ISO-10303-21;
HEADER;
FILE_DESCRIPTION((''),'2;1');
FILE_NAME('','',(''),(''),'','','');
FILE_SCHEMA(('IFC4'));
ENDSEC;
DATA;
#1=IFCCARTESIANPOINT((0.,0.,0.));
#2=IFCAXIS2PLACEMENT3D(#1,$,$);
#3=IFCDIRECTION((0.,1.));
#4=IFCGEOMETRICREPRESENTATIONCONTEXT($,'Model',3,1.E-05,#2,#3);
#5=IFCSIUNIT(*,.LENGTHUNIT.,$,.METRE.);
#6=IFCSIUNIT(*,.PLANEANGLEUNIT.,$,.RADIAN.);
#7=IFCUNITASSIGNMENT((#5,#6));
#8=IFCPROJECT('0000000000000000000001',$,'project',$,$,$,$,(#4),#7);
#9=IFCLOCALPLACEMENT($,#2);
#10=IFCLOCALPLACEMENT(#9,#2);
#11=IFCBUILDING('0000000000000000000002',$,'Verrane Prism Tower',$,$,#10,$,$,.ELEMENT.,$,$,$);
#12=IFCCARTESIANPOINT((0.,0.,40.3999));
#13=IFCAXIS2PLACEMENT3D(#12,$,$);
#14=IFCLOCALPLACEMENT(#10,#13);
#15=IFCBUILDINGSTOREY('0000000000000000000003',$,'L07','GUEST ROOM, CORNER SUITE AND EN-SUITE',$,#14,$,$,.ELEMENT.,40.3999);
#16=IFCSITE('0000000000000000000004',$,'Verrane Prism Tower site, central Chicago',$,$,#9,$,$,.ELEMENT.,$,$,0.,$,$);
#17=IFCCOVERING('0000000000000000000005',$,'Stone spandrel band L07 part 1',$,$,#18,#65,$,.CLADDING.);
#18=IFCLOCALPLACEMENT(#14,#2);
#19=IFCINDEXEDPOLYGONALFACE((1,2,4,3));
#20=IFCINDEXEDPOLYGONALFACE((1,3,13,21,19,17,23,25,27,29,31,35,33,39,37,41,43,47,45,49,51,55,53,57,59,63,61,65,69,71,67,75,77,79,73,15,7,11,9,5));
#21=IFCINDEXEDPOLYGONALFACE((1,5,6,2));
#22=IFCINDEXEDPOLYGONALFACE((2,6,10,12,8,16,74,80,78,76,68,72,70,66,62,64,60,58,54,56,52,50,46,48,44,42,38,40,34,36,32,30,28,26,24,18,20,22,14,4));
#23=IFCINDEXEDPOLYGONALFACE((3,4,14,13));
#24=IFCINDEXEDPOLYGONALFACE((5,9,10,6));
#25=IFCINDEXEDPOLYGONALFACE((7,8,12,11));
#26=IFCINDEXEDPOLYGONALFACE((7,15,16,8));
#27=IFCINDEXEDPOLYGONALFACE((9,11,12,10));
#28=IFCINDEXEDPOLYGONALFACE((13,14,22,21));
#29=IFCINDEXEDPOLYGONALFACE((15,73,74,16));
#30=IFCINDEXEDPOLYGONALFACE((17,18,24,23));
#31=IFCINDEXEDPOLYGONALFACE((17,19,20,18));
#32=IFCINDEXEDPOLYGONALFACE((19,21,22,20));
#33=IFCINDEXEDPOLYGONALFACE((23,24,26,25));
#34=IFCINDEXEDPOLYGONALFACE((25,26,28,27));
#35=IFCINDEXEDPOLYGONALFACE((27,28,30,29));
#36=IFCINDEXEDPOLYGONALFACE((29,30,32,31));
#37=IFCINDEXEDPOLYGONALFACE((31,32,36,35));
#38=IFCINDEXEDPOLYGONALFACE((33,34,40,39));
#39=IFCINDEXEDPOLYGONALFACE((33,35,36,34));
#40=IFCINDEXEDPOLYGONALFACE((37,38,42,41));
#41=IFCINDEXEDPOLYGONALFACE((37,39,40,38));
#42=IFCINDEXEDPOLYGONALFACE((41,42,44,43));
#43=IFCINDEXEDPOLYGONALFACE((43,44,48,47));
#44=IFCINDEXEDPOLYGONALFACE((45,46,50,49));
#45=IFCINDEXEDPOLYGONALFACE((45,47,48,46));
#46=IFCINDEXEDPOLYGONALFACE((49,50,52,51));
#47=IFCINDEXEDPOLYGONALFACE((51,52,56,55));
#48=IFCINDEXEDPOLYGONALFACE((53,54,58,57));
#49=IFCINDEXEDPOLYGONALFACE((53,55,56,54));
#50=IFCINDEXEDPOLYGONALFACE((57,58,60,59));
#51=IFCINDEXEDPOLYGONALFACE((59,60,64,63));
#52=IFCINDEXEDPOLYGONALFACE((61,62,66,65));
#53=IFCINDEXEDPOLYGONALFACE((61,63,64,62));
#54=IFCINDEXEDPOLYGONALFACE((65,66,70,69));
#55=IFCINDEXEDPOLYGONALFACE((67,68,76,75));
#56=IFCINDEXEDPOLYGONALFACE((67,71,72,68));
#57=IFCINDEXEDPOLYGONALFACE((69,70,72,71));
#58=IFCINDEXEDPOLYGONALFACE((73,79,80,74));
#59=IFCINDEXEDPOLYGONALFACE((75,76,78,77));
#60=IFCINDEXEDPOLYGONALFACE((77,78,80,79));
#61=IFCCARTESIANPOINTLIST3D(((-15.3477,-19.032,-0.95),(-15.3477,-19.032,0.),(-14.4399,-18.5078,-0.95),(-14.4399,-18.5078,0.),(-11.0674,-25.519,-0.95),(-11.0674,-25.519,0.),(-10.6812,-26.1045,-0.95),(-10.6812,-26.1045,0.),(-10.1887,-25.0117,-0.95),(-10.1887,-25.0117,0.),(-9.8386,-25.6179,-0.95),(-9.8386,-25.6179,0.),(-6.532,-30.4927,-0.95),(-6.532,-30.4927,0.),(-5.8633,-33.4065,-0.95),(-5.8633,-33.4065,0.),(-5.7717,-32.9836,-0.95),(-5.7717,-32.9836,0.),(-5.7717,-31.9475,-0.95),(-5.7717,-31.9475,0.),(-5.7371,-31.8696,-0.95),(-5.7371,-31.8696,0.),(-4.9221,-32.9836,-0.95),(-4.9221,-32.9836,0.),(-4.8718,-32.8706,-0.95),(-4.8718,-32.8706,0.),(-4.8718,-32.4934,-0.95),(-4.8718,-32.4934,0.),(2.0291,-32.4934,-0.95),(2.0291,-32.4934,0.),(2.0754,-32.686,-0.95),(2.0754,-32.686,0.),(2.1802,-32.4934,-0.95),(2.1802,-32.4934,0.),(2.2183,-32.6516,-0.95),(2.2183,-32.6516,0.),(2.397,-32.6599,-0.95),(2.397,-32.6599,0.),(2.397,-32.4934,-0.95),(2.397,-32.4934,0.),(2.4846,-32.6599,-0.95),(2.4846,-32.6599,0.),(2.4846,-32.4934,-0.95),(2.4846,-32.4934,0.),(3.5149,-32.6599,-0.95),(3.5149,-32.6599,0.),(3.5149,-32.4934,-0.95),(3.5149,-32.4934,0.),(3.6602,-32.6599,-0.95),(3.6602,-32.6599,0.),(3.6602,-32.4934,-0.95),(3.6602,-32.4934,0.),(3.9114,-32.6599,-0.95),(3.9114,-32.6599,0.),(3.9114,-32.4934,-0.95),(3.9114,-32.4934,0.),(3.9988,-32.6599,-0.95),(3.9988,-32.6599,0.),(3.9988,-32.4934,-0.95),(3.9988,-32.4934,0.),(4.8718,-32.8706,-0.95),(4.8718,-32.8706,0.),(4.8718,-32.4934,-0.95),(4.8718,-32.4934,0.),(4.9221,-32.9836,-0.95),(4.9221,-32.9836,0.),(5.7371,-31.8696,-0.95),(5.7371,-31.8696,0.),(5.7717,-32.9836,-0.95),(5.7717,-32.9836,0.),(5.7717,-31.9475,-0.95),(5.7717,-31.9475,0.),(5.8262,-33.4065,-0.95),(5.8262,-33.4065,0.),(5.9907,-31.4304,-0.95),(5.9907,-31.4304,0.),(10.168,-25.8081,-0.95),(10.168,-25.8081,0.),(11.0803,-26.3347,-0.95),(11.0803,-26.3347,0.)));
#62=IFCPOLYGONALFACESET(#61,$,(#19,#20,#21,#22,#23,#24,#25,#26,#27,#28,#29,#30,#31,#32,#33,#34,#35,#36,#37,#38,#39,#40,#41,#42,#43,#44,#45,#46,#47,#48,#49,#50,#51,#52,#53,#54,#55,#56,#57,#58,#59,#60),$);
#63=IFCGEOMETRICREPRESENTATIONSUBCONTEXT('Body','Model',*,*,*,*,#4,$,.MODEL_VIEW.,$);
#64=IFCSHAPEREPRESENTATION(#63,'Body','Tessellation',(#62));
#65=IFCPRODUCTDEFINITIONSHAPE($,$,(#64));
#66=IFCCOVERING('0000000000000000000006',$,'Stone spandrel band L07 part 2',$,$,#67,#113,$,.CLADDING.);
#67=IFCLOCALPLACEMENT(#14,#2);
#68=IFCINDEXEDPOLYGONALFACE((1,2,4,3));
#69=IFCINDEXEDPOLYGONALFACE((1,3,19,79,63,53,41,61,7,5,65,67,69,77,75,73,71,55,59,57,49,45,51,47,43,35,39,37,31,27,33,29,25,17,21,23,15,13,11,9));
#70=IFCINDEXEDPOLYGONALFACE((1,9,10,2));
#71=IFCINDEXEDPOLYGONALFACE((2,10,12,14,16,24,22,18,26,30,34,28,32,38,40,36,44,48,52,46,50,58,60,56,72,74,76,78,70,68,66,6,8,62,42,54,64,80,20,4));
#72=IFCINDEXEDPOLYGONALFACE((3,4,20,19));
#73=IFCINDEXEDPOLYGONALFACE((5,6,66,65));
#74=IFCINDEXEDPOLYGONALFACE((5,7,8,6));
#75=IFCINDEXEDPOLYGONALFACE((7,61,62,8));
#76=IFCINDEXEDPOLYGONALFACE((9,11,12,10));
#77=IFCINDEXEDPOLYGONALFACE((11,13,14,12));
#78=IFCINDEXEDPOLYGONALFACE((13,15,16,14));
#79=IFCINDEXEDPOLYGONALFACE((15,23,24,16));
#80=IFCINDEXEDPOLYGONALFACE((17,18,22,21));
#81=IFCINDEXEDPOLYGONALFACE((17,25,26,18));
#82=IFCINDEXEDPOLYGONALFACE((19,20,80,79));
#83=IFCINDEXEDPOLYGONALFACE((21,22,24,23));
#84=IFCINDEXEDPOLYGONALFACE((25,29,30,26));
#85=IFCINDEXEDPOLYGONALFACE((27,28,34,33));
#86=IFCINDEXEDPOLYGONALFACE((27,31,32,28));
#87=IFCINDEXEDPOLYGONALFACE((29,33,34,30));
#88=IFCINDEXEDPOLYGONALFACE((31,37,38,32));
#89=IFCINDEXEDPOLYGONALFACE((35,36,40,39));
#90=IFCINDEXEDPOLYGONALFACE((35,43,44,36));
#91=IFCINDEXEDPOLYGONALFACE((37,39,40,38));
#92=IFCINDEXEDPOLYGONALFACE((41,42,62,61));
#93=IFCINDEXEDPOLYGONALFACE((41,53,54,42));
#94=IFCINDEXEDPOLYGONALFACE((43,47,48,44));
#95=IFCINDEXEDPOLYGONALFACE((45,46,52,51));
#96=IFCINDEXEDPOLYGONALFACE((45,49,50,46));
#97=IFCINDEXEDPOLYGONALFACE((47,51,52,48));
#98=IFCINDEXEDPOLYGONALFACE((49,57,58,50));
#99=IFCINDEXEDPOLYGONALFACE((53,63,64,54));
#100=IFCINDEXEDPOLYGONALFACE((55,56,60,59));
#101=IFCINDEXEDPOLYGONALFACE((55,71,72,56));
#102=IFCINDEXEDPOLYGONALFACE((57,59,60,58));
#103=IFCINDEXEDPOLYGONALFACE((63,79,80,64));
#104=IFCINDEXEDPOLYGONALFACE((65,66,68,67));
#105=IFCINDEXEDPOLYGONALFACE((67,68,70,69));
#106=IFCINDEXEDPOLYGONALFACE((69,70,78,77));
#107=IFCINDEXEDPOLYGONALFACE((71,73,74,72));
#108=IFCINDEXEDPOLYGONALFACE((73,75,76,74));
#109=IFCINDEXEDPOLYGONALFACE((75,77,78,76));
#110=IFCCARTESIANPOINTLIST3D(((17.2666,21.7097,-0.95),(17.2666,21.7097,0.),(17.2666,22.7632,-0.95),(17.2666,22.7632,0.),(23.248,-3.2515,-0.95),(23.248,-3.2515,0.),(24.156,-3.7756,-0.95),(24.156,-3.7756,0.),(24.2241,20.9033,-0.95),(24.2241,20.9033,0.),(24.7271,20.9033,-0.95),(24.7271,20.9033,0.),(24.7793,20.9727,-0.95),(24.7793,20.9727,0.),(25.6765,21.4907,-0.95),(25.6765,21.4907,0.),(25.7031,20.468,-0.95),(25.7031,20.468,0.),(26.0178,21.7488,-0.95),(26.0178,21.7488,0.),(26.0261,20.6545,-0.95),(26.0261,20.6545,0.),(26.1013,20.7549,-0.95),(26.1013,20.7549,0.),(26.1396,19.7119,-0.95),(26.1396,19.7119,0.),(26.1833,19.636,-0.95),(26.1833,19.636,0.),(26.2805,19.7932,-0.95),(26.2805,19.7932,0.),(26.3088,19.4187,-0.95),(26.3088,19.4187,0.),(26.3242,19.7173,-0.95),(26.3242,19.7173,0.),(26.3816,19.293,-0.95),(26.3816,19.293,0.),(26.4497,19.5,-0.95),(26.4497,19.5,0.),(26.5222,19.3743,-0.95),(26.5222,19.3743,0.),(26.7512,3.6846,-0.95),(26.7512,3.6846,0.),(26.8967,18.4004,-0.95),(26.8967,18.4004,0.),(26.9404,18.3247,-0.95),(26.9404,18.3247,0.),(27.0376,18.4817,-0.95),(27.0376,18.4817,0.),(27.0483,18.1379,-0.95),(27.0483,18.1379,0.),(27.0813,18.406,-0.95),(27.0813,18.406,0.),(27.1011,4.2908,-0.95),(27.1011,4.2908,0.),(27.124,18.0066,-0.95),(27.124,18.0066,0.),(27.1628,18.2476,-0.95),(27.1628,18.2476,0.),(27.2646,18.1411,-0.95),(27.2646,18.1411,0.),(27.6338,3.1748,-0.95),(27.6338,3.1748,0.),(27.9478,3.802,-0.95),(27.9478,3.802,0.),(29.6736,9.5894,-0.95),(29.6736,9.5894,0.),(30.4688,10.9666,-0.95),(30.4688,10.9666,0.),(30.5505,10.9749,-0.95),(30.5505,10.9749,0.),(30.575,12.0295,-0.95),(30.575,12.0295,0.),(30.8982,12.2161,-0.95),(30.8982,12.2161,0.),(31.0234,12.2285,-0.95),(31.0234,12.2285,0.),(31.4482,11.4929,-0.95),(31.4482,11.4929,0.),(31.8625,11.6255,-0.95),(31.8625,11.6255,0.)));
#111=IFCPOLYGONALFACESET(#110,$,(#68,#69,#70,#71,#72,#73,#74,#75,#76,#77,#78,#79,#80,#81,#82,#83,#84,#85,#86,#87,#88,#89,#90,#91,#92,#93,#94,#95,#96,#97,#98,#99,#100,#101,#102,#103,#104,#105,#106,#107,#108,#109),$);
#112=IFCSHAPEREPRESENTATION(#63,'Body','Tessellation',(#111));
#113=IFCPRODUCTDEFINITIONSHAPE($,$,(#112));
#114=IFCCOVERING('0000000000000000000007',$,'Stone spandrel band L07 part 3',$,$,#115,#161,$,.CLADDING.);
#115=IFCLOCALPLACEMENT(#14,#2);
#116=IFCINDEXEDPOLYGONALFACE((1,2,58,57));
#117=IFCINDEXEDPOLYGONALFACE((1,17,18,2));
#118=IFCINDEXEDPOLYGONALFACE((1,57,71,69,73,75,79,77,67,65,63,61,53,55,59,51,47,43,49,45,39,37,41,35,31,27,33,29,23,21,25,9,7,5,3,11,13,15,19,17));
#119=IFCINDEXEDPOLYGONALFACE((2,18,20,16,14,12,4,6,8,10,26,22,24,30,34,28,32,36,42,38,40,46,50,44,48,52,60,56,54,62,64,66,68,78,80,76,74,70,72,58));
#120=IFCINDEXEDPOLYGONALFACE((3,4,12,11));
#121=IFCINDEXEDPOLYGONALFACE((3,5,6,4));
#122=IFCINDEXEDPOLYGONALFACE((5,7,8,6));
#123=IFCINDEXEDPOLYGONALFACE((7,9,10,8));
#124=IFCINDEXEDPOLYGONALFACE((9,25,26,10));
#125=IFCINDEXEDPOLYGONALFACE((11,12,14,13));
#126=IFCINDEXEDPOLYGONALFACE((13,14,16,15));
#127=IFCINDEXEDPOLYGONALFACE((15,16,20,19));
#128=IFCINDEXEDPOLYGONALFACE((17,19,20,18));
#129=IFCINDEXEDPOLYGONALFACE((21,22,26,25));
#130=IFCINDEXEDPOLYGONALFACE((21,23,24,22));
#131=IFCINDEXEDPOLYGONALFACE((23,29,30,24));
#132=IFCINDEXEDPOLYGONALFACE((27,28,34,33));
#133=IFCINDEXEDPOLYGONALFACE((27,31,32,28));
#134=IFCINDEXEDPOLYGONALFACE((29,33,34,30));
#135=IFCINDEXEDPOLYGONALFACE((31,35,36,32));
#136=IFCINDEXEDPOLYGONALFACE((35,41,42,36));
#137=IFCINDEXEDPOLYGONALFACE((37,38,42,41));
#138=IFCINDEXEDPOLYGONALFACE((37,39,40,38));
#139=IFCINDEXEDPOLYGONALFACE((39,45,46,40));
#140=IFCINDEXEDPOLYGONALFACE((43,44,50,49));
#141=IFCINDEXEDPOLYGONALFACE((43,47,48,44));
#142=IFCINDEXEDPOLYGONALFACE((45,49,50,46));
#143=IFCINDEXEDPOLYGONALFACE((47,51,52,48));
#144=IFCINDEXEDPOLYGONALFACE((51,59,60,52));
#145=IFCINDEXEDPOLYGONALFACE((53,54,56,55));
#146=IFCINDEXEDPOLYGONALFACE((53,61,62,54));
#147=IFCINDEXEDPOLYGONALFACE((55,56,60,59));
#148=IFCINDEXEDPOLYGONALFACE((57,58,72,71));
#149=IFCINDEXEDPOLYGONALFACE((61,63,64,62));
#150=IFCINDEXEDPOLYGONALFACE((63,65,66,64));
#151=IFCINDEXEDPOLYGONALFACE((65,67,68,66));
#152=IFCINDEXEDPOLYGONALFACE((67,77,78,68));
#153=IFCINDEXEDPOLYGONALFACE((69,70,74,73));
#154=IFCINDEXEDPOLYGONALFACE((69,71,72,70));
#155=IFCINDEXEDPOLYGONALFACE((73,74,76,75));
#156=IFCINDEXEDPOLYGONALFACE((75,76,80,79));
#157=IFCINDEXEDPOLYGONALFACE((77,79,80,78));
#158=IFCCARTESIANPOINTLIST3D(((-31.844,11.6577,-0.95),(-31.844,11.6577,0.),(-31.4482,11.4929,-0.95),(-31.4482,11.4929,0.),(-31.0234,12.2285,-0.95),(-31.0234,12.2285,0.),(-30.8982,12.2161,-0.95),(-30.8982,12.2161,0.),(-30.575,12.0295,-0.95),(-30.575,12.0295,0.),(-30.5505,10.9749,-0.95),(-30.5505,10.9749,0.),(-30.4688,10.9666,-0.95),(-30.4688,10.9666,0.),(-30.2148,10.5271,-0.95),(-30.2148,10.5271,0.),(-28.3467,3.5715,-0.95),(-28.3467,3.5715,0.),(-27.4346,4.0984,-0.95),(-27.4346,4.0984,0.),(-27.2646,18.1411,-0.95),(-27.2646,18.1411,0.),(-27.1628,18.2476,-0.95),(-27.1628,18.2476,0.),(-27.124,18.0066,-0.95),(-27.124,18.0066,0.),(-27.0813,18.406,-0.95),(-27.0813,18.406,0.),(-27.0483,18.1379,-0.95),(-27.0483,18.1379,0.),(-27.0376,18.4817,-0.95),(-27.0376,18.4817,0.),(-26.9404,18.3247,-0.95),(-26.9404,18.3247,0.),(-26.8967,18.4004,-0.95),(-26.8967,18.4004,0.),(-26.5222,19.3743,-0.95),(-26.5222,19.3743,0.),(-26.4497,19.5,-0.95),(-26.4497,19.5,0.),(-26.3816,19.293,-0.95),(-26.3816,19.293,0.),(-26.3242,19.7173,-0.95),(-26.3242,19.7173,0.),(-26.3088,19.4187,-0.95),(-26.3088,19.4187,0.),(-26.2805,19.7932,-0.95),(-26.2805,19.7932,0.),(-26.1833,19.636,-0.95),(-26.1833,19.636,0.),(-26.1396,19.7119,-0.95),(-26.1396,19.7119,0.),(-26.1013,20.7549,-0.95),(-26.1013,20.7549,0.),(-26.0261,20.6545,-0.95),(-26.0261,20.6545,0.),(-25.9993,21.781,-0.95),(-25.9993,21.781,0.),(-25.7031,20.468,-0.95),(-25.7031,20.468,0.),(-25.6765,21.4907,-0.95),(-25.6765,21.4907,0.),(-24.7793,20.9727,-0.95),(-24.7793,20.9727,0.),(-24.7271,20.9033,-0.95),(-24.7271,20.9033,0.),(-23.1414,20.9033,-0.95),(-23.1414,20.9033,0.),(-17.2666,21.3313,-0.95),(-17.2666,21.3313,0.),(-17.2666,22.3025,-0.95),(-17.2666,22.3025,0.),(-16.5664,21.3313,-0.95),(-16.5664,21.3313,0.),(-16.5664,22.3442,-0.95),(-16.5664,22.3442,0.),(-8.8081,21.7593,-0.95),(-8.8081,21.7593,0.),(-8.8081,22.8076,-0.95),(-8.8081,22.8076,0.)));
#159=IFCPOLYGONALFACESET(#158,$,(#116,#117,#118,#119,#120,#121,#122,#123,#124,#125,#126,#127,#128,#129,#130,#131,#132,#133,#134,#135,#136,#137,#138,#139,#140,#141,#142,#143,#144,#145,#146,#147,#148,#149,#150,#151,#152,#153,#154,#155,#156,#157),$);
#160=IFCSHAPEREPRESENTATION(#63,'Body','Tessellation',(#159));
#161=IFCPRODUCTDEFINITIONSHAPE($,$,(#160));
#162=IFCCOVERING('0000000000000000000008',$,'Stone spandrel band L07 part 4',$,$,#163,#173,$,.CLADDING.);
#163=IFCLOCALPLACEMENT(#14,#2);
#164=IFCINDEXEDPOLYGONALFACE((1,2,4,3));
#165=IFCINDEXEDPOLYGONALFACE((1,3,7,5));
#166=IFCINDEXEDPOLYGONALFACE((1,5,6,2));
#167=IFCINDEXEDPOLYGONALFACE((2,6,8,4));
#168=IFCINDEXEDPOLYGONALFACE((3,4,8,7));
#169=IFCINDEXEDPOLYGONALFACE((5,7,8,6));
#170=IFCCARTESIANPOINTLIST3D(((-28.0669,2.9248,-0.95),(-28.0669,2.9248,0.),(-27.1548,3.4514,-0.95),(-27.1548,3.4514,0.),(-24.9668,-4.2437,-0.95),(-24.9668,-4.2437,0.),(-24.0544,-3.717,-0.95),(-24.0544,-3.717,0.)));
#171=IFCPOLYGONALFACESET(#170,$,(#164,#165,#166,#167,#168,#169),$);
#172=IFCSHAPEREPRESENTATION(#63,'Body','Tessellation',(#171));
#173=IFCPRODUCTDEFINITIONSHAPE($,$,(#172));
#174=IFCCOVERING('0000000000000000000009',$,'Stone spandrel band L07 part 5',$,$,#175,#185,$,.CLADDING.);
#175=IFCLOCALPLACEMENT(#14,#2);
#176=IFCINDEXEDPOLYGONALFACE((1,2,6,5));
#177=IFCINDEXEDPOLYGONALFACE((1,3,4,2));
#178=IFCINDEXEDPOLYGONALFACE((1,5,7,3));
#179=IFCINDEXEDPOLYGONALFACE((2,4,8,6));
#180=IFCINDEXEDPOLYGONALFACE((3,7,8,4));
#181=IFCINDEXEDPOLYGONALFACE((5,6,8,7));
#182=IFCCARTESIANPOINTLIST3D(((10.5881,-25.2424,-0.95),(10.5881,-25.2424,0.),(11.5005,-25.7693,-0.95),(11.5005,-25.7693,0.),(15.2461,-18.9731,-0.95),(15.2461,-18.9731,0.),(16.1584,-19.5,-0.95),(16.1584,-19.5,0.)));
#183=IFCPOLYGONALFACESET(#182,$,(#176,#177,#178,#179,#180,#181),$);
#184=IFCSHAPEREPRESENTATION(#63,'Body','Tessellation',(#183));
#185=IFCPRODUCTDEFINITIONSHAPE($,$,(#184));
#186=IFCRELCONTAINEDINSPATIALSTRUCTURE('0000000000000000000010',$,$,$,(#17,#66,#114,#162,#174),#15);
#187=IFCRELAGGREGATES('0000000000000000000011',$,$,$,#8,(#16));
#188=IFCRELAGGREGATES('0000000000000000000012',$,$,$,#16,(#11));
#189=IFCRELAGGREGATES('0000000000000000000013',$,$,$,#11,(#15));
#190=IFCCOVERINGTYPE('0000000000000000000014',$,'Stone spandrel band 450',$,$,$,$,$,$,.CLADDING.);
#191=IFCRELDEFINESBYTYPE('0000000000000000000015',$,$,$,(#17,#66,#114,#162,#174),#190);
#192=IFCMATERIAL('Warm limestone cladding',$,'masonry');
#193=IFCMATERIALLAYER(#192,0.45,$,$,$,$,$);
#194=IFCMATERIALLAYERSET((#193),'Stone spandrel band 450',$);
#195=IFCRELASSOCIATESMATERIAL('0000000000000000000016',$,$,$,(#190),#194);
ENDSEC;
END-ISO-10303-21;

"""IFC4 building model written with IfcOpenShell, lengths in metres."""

from ifc_helpers import new_model, si_unit, direction, frame, origin, place, context, subcontext, project, spatial, polyline, outline, extrude, material, layer, layer_set, type_object, element, save


model = new_model("IFC4")

# Units and contexts
model_context = context("Model", 3, precision=1e-05, world=origin(), true_north=direction((0.0, 1.0)))
body_context = subcontext(model_context, "Body", "Model", "MODEL_VIEW")
ifc_project = project(units=[si_unit("LENGTHUNIT", "METRE"), si_unit("PLANEANGLEUNIT", "RADIAN")], contexts=[model_context])

# Site, building, storey
site_placement = place(None, origin())
site = spatial("IfcSite", under=ifc_project, at=site_placement, Name="Verrane Prism Tower site, central Chicago", CompositionType="ELEMENT", RefElevation=0.0)
building_placement = place(site_placement, origin())
building = spatial("IfcBuilding", under=site, at=building_placement, Name="Verrane Prism Tower", CompositionType="ELEMENT")
storey_placement = place(building_placement, frame((0.0, 0.0, 40.3999)))
storey = spatial("IfcBuildingStorey", under=building, at=storey_placement, Name="L07", Description="GUEST ROOM, CORNER SUITE AND EN-SUITE", CompositionType="ELEMENT", Elevation=40.3999)

# Coverings
ifc_material_1 = material(Name="Warm limestone cladding", Category="masonry")
ifc_layer_1 = layer(ifc_material_1, 0.45)
ifc_layer_set_1 = layer_set([ifc_layer_1], Name="Stone spandrel band 450")
covering_type = type_object("IfcCoveringType", Name="Stone spandrel band 450", PredefinedType="CLADDING", material=ifc_layer_set_1)
covering_1_placement = place(storey_placement, frame((0.0, 0.0, -0.95)))
element("IfcCovering", 1, at=covering_1_placement, inside=storey, type_object=covering_type, Name="Stone spandrel band L07 part 1", PredefinedType="CLADDING", context=body_context, shape_type="SweptSolid", body=[
    extrude(outline(polyline([(5.8262, -33.4065), (11.0803, -26.3347), (10.168, -25.8081), (5.9907, -31.4304), (5.7371, -31.8696), (5.7717, -31.9475), (5.7717, -32.9836), (4.9221, -32.9836), (4.8718, -32.8706), (4.8718, -32.4934), (3.9988, -32.4934), (3.9988, -32.6599), (3.9114, -32.6599), (3.9114, -32.4934), (3.6602, -32.4934), (3.6602, -32.6599), (3.5149, -32.6599), (3.5149, -32.4934), (2.4846, -32.4934), (2.4846, -32.6599), (2.397, -32.6599), (2.397, -32.4934), (2.1802, -32.4934), (2.2183, -32.6516), (2.0754, -32.686), (2.0291, -32.4934), (-4.8718, -32.4934), (-4.8718, -32.8706), (-4.9221, -32.9836), (-5.7717, -32.9836), (-5.7717, -31.9475), (-5.7371, -31.8696), (-6.532, -30.4927), (-14.4399, -18.5078), (-15.3477, -19.032), (-11.0674, -25.519), (-10.1887, -25.0117), (-9.8386, -25.6179), (-10.6812, -26.1045), (-5.8633, -33.4065), (5.8262, -33.4065)])), origin(), (0.0, 0.0, 1.0), 0.95),
])
covering_2_placement = place(storey_placement, frame((0.0, 0.0, -0.95)))
element("IfcCovering", 2, at=covering_2_placement, inside=storey, type_object=covering_type, Name="Stone spandrel band L07 part 2", PredefinedType="CLADDING", context=body_context, shape_type="SweptSolid", body=[
    extrude(outline(polyline([(17.2666, 22.7632), (17.2666, 21.7097), (24.2241, 20.9033), (24.7271, 20.9033), (24.7793, 20.9727), (25.6765, 21.4907), (26.1013, 20.7549), (26.0261, 20.6545), (25.7031, 20.468), (26.1396, 19.7119), (26.2805, 19.7932), (26.3242, 19.7173), (26.1833, 19.636), (26.3088, 19.4187), (26.4497, 19.5), (26.5222, 19.3743), (26.3816, 19.293), (26.8967, 18.4004), (27.0376, 18.4817), (27.0813, 18.406), (26.9404, 18.3247), (27.0483, 18.1379), (27.1628, 18.2476), (27.2646, 18.1411), (27.124, 18.0066), (30.575, 12.0295), (30.8982, 12.2161), (31.0234, 12.2285), (31.4482, 11.4929), (30.5505, 10.9749), (30.4688, 10.9666), (29.6736, 9.5894), (23.248, -3.2515), (24.156, -3.7756), (27.6338, 3.1748), (26.7512, 3.6846), (27.1011, 4.2908), (27.9478, 3.802), (31.8625, 11.6255), (26.0178, 21.7488), (17.2666, 22.7632)])), origin(), (0.0, 0.0, 1.0), 0.95),
])
covering_3_placement = place(storey_placement, frame((0.0, 0.0, -0.95)))
element("IfcCovering", 3, at=covering_3_placement, inside=storey, type_object=covering_type, Name="Stone spandrel band L07 part 3", PredefinedType="CLADDING", context=body_context, shape_type="SweptSolid", body=[
    extrude(outline(polyline([(-27.4346, 4.0984), (-30.2148, 10.5271), (-30.4688, 10.9666), (-30.5505, 10.9749), (-31.4482, 11.4929), (-31.0234, 12.2285), (-30.8982, 12.2161), (-30.575, 12.0295), (-27.124, 18.0066), (-27.2646, 18.1411), (-27.1628, 18.2476), (-27.0483, 18.1379), (-26.9404, 18.3247), (-27.0813, 18.406), (-27.0376, 18.4817), (-26.8967, 18.4004), (-26.3816, 19.293), (-26.5222, 19.3743), (-26.4497, 19.5), (-26.3088, 19.4187), (-26.1833, 19.636), (-26.3242, 19.7173), (-26.2805, 19.7932), (-26.1396, 19.7119), (-25.7031, 20.468), (-26.0261, 20.6545), (-26.1013, 20.7549), (-25.6765, 21.4907), (-24.7793, 20.9727), (-24.7271, 20.9033), (-23.1414, 20.9033), (-8.8081, 21.7593), (-8.8081, 22.8076), (-16.5664, 22.3442), (-16.5664, 21.3313), (-17.2666, 21.3313), (-17.2666, 22.3025), (-25.9993, 21.781), (-31.844, 11.6577), (-28.3467, 3.5715), (-27.4346, 4.0984)])), origin(), (0.0, 0.0, 1.0), 0.95),
])
covering_4_placement = place(storey_placement, frame((0.0, 0.0, -0.95)))
element("IfcCovering", 4, at=covering_4_placement, inside=storey, type_object=covering_type, Name="Stone spandrel band L07 part 4", PredefinedType="CLADDING", context=body_context, shape_type="SweptSolid", body=[
    extrude(outline(polyline([(-24.9668, -4.2437), (-24.0544, -3.717), (-27.1548, 3.4514), (-28.0669, 2.9248), (-24.9668, -4.2437)])), origin(), (0.0, 0.0, 1.0), 0.95),
])
covering_5_placement = place(storey_placement, frame((0.0, 0.0, -0.95)))
element("IfcCovering", 5, at=covering_5_placement, inside=storey, type_object=covering_type, Name="Stone spandrel band L07 part 5", PredefinedType="CLADDING", context=body_context, shape_type="SweptSolid", body=[
    extrude(outline(polyline([(15.2461, -18.9731), (10.5881, -25.2424), (11.5005, -25.7693), (16.1584, -19.5), (15.2461, -18.9731)])), origin(), (0.0, 0.0, 1.0), 0.95),
])

save(model, "model.ifc")
